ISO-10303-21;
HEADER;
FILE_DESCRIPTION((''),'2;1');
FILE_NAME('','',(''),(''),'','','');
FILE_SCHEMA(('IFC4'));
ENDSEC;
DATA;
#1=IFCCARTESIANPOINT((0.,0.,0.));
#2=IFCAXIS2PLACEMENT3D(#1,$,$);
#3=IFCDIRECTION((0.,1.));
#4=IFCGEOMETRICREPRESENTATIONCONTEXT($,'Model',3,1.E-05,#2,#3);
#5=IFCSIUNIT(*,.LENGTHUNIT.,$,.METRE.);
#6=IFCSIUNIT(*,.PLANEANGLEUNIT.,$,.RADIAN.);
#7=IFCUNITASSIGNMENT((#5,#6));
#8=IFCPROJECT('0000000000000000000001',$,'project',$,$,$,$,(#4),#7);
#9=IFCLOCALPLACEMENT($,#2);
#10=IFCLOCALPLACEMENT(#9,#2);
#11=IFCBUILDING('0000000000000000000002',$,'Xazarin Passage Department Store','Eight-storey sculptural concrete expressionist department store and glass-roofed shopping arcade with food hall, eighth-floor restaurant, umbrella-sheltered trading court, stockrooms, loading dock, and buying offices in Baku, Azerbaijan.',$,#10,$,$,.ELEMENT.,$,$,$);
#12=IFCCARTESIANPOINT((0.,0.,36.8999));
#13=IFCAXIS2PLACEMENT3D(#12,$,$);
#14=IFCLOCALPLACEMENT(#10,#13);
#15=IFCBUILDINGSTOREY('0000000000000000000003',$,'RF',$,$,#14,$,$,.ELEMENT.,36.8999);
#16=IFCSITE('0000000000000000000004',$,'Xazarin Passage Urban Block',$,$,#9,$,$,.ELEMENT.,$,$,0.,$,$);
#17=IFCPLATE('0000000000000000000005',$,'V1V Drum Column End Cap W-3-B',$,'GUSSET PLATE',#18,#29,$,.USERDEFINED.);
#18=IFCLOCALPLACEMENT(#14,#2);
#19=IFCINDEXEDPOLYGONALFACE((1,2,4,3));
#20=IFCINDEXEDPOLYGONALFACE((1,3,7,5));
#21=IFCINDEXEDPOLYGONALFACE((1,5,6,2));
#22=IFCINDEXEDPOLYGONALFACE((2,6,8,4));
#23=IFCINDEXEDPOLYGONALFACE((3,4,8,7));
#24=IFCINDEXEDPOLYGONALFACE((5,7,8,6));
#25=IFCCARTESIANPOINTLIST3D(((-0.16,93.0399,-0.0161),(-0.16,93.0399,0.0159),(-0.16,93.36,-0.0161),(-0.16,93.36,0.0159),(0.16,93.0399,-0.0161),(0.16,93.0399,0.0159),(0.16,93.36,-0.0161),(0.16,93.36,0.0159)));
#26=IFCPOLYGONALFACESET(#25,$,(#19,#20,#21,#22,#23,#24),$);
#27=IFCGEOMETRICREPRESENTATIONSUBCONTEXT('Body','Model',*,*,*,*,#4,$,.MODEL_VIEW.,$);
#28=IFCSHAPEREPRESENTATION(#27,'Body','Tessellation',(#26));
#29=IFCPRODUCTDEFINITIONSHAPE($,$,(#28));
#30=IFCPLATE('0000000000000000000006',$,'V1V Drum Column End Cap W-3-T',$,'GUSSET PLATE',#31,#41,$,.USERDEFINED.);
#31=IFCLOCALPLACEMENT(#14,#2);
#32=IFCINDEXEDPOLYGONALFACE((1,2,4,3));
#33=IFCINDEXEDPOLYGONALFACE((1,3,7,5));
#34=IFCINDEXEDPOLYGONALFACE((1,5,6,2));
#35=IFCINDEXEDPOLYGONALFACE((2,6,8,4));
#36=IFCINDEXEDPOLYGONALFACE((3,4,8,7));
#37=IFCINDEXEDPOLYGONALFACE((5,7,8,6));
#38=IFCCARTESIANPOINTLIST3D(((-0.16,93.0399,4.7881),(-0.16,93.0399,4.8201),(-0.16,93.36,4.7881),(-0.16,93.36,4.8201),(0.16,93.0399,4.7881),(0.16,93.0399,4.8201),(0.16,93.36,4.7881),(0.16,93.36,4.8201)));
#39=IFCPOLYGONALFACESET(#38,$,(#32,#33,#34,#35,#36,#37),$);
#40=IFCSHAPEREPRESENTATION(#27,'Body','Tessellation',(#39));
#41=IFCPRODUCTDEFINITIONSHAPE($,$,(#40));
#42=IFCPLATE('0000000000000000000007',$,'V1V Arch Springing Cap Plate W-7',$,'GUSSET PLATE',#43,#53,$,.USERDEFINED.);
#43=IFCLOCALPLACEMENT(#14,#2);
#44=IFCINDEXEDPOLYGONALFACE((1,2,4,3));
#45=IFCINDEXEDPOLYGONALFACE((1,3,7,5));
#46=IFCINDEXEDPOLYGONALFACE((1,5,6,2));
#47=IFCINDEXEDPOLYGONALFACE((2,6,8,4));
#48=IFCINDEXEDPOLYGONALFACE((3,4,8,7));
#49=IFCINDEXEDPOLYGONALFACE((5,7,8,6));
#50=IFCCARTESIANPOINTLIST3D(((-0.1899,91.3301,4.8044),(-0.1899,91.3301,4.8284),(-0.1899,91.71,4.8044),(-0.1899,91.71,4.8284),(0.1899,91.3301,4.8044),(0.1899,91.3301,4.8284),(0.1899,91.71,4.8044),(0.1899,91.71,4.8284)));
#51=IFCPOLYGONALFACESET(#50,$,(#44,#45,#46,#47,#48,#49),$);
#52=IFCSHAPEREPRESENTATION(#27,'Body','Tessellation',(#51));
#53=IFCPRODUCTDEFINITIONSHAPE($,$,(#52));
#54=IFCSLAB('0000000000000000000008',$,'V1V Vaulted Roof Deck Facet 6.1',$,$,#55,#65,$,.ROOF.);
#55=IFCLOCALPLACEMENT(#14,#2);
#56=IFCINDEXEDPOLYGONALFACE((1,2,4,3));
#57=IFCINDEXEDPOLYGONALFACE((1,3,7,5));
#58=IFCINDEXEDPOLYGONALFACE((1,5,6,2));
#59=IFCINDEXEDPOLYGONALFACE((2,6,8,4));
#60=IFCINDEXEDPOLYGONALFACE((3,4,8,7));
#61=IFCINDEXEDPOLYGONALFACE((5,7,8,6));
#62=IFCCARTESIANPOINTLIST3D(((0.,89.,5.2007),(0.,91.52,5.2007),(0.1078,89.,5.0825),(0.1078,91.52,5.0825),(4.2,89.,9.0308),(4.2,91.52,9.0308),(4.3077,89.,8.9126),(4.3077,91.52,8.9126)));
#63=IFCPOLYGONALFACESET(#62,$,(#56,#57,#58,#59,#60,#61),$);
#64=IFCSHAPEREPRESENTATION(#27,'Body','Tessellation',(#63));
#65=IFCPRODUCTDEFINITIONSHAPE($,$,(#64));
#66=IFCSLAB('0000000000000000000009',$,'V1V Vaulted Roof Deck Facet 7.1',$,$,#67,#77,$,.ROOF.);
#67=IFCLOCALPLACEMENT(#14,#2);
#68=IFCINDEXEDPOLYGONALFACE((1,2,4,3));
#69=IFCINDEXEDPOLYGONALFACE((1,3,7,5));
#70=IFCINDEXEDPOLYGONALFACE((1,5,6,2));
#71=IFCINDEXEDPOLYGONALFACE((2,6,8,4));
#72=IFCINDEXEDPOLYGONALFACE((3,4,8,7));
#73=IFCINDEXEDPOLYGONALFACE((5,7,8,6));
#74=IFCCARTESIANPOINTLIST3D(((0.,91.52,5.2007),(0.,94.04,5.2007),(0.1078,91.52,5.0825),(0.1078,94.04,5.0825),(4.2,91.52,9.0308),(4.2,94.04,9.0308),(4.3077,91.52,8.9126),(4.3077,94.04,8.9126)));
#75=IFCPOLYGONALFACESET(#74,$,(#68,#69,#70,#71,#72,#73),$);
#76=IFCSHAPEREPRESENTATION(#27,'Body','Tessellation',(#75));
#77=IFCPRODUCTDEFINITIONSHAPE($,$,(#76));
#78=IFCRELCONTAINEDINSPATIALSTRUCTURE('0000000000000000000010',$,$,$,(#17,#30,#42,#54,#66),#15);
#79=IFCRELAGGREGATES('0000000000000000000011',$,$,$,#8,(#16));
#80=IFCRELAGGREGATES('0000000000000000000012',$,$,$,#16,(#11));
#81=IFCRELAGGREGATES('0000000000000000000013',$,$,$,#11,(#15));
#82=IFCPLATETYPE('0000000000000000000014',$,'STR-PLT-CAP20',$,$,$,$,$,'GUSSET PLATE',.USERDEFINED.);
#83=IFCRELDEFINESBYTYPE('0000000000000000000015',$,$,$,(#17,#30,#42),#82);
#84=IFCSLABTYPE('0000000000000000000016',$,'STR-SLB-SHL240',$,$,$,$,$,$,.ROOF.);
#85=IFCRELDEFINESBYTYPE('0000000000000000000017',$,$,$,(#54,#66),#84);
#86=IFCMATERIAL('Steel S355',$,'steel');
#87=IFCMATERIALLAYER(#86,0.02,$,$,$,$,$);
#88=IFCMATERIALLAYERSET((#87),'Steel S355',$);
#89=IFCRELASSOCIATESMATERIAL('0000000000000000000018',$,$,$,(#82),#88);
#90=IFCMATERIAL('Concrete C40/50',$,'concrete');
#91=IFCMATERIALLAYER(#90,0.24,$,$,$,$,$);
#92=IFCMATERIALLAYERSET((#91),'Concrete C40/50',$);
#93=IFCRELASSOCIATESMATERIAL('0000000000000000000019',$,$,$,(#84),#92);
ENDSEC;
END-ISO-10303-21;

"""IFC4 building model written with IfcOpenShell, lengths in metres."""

from ifc_helpers import new_model, si_unit, direction, frame, origin, origin_2d, place, context, subcontext, project, spatial, polyline, rectangle, outline, extrude, material, layer, layer_set, type_object, element, save


model = new_model("IFC4")

# Units and contexts
model_context = context("Model", 3, precision=1e-05, world=origin(), true_north=direction((0.0, 1.0)))
body_context = subcontext(model_context, "Body", "Model", "MODEL_VIEW")
ifc_project = project(units=[si_unit("LENGTHUNIT", "METRE"), si_unit("PLANEANGLEUNIT", "RADIAN")], contexts=[model_context])

# Site, building, storey
site_placement = place(None, origin())
site = spatial("IfcSite", under=ifc_project, at=site_placement, Name="Xazarin Passage Urban Block", CompositionType="ELEMENT", RefElevation=0.0)
building_placement = place(site_placement, origin())
building = spatial("IfcBuilding", under=site, at=building_placement, Name="Xazarin Passage Department Store", Description="Eight-storey sculptural concrete expressionist department store and glass-roofed shopping arcade with food hall, eighth-floor restaurant, umbrella-sheltered trading court, stockrooms, loading dock, and buying offices in Baku, Azerbaijan.", CompositionType="ELEMENT")
storey_placement = place(building_placement, frame((0.0, 0.0, 36.8999)))
storey = spatial("IfcBuildingStorey", under=building, at=storey_placement, Name="RF", CompositionType="ELEMENT", Elevation=36.8999)

# Shared definitions
ifc_material_1 = material(Name="Steel S355", Category="steel")

# Shared definitions
ifc_material_2 = material(Name="Concrete C40/50", Category="concrete")

# Plates
ifc_layer_1 = layer(ifc_material_1, 0.02)
ifc_layer_set_1 = layer_set([ifc_layer_1], Name="Steel S355")
plate_type_1 = type_object("IfcPlateType", Name="STR-PLT-CAP20", ElementType="GUSSET PLATE", PredefinedType="USERDEFINED", material=ifc_layer_set_1)
for number, where, z_axis, x_axis, name in (
    (1, (0.0, 93.2, -0.0161), (0.0, 0.0, 1.0), (1.0, 0.0, 0.0), "V1V Drum Column End Cap W-3-B"),
    (2, (0.0, 93.2, 4.7881), (0.0, 0.0, 1.0), (1.0, 0.0, 0.0), "V1V Drum Column End Cap W-3-T"),
):
    element("IfcPlate", number, at=place(storey_placement, frame(where, z_axis=z_axis, x_axis=x_axis)), inside=storey, type_object=plate_type_1, Name=name, ObjectType="GUSSET PLATE", PredefinedType="USERDEFINED", context=body_context, shape_type="SweptSolid", body=[
        extrude(rectangle(XDim=0.3201, YDim=0.3201, at=origin_2d()), origin(), (0.0, 0.0, 1.0), 0.032),
    ])
plate_1_placement = place(storey_placement, frame((0.0, 91.52, 4.8044), z_axis=(0.0, 0.0, 1.0), x_axis=(1.0, 0.0, 0.0)))
element("IfcPlate", 3, at=plate_1_placement, inside=storey, type_object=plate_type_1, Name="V1V Arch Springing Cap Plate W-7", ObjectType="GUSSET PLATE", PredefinedType="USERDEFINED", context=body_context, shape_type="SweptSolid", body=[
    extrude(rectangle(XDim=0.3799, YDim=0.3799, at=origin_2d()), origin(), (0.0, 0.0, 1.0), 0.0239),
])

# Slabs
ifc_layer_2 = layer(ifc_material_2, 0.24)
ifc_layer_set_2 = layer_set([ifc_layer_2], Name="Concrete C40/50")
slab_type = type_object("IfcSlabType", Name="STR-SLB-SHL240", PredefinedType="ROOF", material=ifc_layer_set_2)
for number, where, z_axis, x_axis, name in (
    (4, (0.0, 89.0, 5.2007), (-0.673822, 0.0, 0.738894), (0.738894, 0.0, 0.673822), "V1V Vaulted Roof Deck Facet 6.1"),
    (5, (0.0, 91.52, 5.2007), (-0.673822, 0.0, 0.738894), (0.738894, 0.0, 0.673822), "V1V Vaulted Roof Deck Facet 7.1"),
):
    element("IfcSlab", number, at=place(storey_placement, frame(where, z_axis=z_axis, x_axis=x_axis)), inside=storey, type_object=slab_type, Name=name, PredefinedType="ROOF", context=body_context, shape_type="SweptSolid", body=[
        extrude(outline(polyline([(0.0, 0.0), (5.6841, 0.0), (5.6841, 2.52), (0.0, 2.52), (0.0, 0.0)])), origin(), (0.0, 0.0, -1.0), 0.1599),
    ])

save(model, "model.ifc")
